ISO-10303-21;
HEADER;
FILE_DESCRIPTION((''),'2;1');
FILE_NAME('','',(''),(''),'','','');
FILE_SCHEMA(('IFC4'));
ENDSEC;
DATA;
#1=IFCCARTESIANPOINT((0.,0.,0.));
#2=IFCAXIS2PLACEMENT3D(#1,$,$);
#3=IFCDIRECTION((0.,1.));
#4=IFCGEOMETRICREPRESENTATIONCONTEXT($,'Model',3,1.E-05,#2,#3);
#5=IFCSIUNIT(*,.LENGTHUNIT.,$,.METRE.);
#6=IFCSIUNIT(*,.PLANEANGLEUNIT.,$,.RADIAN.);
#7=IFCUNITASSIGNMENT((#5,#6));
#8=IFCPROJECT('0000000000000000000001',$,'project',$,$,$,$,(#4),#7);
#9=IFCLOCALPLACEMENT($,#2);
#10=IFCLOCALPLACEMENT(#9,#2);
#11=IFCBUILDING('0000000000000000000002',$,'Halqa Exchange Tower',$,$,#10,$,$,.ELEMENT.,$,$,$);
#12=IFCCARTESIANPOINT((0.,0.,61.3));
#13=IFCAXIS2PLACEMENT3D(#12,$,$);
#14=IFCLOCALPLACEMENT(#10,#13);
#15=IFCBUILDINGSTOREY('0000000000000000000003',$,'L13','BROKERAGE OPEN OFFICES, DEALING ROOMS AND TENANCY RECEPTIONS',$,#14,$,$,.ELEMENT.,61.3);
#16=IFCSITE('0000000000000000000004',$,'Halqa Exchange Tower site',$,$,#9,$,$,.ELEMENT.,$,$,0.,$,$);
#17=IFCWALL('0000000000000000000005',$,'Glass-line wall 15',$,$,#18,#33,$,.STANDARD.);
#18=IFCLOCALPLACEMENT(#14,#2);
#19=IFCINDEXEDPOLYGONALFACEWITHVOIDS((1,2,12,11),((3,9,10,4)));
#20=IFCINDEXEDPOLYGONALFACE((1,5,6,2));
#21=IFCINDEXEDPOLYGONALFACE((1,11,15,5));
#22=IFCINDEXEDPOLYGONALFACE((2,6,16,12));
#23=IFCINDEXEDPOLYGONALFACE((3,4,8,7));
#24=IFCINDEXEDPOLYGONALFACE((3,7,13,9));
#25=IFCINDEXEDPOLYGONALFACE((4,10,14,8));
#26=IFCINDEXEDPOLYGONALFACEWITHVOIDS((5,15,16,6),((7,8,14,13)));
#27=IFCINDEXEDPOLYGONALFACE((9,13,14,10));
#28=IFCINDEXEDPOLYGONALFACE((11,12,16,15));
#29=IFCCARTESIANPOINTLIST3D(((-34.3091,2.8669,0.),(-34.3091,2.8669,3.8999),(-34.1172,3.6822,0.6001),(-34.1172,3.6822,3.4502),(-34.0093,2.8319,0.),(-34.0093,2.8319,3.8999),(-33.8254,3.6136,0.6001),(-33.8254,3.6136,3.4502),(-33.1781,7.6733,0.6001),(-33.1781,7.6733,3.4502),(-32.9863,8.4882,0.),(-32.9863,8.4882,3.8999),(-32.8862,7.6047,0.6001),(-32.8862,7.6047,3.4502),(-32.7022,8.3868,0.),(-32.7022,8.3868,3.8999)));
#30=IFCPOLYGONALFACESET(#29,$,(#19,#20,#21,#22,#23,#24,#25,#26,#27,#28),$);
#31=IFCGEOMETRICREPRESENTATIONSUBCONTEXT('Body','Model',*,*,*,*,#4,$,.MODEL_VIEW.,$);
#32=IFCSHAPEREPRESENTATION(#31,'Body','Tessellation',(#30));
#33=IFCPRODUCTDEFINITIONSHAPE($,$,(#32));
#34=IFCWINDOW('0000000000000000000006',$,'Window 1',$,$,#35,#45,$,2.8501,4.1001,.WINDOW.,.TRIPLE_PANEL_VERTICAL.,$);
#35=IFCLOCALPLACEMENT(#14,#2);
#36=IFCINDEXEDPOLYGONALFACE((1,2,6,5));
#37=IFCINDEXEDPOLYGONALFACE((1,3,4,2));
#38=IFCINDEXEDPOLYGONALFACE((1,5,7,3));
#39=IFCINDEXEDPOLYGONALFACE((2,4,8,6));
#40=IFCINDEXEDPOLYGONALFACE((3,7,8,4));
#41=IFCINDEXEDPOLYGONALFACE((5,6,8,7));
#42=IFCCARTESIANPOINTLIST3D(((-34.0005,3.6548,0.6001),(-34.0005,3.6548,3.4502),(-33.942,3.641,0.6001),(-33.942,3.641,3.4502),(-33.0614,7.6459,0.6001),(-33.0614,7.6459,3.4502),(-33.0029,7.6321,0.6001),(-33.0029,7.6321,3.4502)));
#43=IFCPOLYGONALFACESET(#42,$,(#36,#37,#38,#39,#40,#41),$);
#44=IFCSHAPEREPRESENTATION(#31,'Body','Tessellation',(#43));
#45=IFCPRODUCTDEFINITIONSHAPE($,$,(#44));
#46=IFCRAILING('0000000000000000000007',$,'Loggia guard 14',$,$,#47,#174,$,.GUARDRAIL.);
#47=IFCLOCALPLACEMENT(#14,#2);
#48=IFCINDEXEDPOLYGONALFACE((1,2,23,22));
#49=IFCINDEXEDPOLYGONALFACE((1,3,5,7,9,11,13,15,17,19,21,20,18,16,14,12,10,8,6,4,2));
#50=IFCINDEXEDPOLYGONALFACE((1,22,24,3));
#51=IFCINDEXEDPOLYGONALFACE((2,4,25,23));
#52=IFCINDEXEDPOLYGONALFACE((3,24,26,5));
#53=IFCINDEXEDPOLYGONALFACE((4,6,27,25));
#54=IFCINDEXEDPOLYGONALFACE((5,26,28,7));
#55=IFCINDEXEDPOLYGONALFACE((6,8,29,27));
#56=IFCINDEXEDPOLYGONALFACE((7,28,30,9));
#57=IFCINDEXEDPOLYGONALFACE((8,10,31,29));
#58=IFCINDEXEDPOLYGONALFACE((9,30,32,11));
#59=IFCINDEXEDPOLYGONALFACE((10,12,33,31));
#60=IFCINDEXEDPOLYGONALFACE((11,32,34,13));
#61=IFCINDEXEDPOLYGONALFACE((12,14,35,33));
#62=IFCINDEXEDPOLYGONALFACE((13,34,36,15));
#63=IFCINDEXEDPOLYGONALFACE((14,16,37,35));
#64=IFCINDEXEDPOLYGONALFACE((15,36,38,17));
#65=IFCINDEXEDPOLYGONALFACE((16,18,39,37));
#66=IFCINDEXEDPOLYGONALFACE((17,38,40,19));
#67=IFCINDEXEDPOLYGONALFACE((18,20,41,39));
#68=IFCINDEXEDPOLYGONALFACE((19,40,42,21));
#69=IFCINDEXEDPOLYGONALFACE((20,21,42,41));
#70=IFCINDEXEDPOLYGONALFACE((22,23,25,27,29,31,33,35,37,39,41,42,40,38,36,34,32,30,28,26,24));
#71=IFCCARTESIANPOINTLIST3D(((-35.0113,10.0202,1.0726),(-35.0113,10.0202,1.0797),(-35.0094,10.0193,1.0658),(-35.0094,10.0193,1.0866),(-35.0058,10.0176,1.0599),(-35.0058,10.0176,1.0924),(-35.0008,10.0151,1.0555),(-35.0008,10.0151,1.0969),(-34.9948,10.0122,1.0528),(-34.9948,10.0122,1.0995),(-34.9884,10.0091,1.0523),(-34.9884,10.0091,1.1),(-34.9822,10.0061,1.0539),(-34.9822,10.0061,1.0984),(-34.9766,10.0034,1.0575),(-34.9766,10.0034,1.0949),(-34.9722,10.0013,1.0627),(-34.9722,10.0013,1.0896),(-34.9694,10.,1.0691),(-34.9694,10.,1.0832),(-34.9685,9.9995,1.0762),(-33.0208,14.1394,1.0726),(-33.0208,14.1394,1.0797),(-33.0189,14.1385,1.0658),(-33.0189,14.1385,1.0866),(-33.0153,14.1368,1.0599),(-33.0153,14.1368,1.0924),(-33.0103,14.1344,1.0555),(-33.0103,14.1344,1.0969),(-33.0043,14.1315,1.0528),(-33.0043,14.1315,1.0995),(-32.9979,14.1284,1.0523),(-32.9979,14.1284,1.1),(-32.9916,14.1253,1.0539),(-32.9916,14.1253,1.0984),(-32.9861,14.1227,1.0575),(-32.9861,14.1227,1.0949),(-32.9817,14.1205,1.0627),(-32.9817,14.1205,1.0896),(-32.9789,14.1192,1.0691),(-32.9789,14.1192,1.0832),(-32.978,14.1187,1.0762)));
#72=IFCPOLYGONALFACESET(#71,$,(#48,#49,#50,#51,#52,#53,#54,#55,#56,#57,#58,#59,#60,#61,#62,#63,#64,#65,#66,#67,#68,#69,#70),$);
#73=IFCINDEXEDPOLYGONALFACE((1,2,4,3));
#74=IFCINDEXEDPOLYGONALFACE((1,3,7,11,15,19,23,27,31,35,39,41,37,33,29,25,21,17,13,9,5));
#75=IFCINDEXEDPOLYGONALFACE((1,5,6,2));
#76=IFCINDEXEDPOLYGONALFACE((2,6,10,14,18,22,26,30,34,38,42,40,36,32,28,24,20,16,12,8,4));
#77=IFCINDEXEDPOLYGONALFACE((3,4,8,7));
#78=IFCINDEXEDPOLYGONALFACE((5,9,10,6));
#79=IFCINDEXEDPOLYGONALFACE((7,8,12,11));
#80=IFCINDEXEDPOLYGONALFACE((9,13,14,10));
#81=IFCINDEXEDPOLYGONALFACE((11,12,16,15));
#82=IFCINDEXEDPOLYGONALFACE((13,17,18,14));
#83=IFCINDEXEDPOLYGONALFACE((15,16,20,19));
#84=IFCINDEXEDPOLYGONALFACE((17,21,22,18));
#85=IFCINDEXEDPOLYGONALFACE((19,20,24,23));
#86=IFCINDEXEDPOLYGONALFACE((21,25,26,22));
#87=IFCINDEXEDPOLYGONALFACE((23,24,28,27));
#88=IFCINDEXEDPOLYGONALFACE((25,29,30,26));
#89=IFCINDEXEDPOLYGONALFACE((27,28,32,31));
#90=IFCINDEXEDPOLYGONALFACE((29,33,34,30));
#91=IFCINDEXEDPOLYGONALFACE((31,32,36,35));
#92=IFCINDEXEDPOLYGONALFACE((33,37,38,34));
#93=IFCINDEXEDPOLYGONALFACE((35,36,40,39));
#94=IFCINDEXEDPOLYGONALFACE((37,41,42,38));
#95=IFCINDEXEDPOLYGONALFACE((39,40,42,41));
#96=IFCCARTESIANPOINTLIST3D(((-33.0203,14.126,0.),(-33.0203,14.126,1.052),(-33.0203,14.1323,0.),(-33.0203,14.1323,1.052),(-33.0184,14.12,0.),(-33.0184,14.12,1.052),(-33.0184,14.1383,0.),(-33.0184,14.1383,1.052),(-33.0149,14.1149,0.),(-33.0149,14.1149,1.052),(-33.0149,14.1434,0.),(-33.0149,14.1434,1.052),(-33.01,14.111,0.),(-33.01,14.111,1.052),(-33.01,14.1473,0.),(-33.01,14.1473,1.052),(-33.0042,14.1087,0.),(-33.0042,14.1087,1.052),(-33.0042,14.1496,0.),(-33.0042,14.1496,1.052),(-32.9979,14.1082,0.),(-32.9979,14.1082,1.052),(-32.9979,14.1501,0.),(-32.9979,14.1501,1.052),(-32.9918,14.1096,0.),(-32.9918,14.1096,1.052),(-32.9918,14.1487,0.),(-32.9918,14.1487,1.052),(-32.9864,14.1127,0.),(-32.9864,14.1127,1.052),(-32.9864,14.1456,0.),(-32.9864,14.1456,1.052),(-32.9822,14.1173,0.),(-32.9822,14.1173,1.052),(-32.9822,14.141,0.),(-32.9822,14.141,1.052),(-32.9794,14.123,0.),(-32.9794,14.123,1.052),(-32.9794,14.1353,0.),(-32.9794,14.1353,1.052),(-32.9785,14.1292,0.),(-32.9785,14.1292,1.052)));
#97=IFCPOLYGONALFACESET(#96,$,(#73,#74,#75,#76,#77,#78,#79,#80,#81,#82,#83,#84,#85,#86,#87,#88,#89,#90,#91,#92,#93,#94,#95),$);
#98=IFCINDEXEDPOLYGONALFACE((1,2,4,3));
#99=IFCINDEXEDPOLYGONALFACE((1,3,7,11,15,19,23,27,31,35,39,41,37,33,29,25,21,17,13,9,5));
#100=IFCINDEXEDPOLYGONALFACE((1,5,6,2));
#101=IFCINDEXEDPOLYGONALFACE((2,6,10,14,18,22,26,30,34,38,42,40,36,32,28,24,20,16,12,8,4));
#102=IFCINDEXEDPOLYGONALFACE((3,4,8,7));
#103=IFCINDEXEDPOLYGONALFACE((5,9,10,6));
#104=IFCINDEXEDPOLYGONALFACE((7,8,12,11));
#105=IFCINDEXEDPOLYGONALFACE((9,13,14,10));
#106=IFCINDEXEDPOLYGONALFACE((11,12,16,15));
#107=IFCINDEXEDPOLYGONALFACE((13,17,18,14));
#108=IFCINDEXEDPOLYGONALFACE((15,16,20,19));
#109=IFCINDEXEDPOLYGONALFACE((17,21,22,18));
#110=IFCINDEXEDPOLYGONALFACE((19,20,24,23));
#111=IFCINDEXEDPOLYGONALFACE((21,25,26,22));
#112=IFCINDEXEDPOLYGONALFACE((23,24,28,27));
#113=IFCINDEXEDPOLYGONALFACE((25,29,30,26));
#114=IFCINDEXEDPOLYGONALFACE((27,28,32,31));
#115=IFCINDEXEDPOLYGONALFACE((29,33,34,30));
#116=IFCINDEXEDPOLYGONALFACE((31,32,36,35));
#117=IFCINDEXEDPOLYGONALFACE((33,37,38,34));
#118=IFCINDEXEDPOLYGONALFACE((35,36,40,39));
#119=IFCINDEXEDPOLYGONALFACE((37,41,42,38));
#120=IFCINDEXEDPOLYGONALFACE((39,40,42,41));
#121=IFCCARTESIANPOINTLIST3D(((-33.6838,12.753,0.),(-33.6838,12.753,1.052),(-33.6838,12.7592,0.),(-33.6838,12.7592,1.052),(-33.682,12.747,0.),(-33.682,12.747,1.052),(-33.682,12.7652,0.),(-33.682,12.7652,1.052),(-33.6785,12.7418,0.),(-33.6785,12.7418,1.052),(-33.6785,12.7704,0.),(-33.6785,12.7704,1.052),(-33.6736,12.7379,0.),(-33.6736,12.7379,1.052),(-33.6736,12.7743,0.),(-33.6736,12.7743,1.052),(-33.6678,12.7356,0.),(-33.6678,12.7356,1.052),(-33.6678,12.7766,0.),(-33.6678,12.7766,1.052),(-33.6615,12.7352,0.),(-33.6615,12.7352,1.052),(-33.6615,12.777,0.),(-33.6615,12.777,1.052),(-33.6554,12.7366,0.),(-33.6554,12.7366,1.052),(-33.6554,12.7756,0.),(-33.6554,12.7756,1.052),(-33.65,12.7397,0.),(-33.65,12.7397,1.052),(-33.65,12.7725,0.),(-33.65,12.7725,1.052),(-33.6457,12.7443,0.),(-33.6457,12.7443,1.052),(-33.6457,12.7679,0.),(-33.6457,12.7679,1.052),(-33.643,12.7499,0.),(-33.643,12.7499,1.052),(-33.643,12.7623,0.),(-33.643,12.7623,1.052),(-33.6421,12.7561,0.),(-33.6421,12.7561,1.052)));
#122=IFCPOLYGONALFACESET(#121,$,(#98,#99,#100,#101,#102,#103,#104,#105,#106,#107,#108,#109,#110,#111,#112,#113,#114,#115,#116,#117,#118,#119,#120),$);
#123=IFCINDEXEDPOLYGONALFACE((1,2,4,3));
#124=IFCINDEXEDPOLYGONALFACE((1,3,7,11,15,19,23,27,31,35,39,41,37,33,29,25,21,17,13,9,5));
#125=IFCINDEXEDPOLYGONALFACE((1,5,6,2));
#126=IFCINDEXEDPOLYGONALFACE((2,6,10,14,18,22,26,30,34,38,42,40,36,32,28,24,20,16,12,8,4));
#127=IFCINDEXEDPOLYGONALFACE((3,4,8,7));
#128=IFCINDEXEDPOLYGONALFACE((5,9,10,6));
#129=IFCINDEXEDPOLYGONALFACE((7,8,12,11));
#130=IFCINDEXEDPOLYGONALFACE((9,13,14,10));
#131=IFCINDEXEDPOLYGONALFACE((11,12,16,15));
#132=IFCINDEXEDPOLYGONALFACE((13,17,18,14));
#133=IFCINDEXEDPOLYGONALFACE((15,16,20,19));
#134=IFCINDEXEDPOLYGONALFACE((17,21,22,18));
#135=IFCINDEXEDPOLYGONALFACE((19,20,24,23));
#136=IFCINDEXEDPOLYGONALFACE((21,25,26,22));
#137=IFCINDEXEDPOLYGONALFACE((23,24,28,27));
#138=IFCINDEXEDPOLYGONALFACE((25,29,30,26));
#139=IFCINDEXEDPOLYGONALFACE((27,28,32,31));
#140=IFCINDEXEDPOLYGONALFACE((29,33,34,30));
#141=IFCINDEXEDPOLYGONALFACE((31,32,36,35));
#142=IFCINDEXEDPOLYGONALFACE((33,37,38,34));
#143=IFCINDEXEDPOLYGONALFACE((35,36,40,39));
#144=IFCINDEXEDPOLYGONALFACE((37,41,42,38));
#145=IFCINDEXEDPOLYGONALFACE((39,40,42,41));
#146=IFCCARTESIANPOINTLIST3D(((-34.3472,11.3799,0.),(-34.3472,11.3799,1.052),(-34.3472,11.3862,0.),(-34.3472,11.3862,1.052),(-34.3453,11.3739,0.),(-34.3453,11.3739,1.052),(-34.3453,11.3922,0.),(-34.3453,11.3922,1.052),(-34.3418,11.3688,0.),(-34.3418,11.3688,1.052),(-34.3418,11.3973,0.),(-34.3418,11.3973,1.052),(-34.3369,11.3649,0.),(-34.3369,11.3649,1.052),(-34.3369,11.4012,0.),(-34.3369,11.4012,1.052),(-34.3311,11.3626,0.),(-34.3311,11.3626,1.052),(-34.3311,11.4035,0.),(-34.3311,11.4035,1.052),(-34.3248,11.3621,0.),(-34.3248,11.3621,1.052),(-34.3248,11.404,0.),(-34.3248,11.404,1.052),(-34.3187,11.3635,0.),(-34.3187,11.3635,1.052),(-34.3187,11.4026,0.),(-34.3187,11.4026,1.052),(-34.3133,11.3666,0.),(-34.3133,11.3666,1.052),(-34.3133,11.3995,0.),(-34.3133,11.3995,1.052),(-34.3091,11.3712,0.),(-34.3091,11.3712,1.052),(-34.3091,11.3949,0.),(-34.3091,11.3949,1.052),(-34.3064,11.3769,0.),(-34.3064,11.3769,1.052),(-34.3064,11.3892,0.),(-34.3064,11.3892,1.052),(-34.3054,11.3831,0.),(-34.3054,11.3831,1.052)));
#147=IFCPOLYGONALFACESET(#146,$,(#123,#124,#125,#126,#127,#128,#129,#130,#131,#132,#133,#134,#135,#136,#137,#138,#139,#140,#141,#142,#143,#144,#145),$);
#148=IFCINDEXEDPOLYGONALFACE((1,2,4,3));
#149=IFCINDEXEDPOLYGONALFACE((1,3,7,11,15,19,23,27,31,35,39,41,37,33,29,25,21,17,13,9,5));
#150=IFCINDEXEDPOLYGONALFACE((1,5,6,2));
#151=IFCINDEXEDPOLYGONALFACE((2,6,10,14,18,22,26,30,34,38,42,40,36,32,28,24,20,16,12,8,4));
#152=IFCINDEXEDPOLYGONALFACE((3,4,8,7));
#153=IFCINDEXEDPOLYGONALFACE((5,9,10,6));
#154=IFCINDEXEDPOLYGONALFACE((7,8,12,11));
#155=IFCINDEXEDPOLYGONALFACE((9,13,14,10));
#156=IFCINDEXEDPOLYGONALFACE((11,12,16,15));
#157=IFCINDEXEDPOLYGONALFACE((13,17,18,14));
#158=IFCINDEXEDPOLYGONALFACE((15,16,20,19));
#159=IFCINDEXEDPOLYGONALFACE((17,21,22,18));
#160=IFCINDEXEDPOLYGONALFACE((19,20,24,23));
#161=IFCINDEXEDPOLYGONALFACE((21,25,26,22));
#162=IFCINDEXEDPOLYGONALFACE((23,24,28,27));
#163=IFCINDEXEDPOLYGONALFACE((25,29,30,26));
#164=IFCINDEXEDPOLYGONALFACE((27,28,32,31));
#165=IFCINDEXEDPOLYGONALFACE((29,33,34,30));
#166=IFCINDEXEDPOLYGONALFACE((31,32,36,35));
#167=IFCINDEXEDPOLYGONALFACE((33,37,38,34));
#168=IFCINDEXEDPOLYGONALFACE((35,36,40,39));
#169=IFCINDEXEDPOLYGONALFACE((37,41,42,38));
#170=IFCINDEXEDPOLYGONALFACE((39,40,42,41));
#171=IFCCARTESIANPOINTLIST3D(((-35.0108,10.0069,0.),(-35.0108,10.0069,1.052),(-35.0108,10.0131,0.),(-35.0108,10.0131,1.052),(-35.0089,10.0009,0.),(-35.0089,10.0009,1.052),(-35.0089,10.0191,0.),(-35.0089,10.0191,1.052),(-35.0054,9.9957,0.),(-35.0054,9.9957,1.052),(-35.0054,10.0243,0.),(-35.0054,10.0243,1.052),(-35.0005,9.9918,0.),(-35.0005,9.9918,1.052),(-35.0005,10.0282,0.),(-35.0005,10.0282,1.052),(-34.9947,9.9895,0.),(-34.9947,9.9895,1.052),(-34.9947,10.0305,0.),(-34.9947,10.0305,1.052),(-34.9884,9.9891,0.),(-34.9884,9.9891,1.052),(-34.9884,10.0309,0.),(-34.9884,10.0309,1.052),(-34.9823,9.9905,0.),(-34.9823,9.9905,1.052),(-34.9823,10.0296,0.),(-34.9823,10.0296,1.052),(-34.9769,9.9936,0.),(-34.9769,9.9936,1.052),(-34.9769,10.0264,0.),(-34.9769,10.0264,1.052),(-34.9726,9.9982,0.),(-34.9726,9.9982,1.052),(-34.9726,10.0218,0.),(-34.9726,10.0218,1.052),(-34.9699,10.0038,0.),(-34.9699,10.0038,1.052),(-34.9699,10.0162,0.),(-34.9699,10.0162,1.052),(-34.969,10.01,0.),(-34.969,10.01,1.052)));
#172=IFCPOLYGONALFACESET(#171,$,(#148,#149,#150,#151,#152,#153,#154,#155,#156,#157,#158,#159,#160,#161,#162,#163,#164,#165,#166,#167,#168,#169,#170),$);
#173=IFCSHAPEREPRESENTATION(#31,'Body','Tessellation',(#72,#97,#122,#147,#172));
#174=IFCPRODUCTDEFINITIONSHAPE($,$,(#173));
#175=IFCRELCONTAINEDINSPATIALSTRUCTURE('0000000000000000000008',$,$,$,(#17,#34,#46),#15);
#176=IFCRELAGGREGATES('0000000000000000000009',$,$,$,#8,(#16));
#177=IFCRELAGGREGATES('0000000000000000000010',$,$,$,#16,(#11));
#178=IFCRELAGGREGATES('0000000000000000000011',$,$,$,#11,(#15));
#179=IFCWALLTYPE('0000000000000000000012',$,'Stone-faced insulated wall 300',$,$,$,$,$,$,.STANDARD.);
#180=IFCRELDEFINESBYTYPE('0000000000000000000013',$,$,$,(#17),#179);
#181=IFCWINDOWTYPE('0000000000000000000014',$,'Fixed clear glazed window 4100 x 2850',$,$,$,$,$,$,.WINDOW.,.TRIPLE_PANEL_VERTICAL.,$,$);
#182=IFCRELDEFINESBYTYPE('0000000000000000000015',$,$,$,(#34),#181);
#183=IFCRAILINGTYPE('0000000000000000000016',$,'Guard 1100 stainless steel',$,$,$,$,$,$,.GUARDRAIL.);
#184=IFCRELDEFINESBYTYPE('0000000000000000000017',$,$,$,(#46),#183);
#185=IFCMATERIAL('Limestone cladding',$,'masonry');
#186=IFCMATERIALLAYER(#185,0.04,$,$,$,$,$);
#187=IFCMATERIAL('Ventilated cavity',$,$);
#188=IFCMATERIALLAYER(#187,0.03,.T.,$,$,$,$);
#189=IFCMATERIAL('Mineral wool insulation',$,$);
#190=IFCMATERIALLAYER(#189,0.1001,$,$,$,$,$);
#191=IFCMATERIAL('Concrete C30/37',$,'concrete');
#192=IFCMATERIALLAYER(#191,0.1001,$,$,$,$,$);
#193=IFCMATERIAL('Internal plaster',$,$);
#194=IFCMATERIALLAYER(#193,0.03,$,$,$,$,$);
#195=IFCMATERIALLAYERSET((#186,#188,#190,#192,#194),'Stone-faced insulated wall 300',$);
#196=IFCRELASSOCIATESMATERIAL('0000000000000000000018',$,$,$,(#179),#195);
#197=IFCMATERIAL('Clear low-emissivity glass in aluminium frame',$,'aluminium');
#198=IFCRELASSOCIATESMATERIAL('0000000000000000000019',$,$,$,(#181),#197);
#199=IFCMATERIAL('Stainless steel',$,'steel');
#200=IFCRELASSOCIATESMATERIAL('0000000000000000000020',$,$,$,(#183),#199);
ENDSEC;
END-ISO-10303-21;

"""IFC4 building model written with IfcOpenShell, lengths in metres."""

from ifc_helpers import new_model, si_unit, direction, frame, frame_2d, origin, origin_2d, place, context, subcontext, project, spatial, polyline, rectangle, circle, outline, extrude, material, layer, layer_set, type_object, element, fill, save


model = new_model("IFC4")

# Units and contexts
model_context = context("Model", 3, precision=1e-05, world=origin(), true_north=direction((0.0, 1.0)))
body_context = subcontext(model_context, "Body", "Model", "MODEL_VIEW")
ifc_project = project(units=[si_unit("LENGTHUNIT", "METRE"), si_unit("PLANEANGLEUNIT", "RADIAN")], contexts=[model_context])

# Site, building, storey
site_placement = place(None, origin())
site = spatial("IfcSite", under=ifc_project, at=site_placement, Name="Halqa Exchange Tower site", CompositionType="ELEMENT", RefElevation=0.0)
building_placement = place(site_placement, origin())
building = spatial("IfcBuilding", under=site, at=building_placement, Name="Halqa Exchange Tower", CompositionType="ELEMENT")
storey_placement = place(building_placement, frame((0.0, 0.0, 61.3)))
storey = spatial("IfcBuildingStorey", under=building, at=storey_placement, Name="L13", Description="BROKERAGE OPEN OFFICES, DEALING ROOMS AND TENANCY RECEPTIONS", CompositionType="ELEMENT", Elevation=61.3)

# Wall, opening, window
ifc_material_1 = material(Name="Limestone cladding", Category="masonry")
ifc_layer_1 = layer(ifc_material_1, 0.04)
ifc_material_2 = material(Name="Ventilated cavity")
ifc_layer_2 = layer(ifc_material_2, 0.03, ventilated=True)
ifc_material_3 = material(Name="Mineral wool insulation")
ifc_layer_3 = layer(ifc_material_3, 0.1001)
ifc_material_4 = material(Name="Concrete C30/37", Category="concrete")
ifc_layer_4 = layer(ifc_material_4, 0.1001)
ifc_material_5 = material(Name="Internal plaster")
ifc_layer_5 = layer(ifc_material_5, 0.03)
ifc_layer_set_1 = layer_set([ifc_layer_1, ifc_layer_2, ifc_layer_3, ifc_layer_4, ifc_layer_5], Name="Stone-faced insulated wall 300")
wall_type_1 = type_object("IfcWallType", Name="Stone-faced insulated wall 300", PredefinedType="STANDARD", material=ifc_layer_set_1)
ifc_material_6 = material(Name="Clear low-emissivity glass in aluminium frame", Category="aluminium")
window_type = type_object("IfcWindowType", Name="Fixed clear glazed window 4100 x 2850", PartitioningType="TRIPLE_PANEL_VERTICAL", PredefinedType="WINDOW", material=ifc_material_6)
wall_1_placement = place(storey_placement, frame((-32.8442, 8.4375, 0.0), z_axis=(0.0, 0.0, 1.0), x_axis=(-0.229054, -0.973414, 0.0)))
wall_1 = element("IfcWall", 1, at=wall_1_placement, inside=storey, type_object=wall_type_1, Name="Glass-line wall 15", PredefinedType="STANDARD", context=body_context, shape_type="SweptSolid", body=[
    extrude(outline(polyline([(-0.0168, -0.1499), (5.7581, -0.1499), (5.7234, 0.1499), (0.0168, 0.1499), (-0.0168, -0.1499)])), origin(), (0.0, 0.0, 1.0), 3.8999),
])
opening_1_placement = place(wall_1_placement, frame((0.8203, 0.0, 0.6001)))
opening_1 = element("IfcOpeningElement", 2, at=opening_1_placement, cuts=wall_1, PredefinedType="OPENING", context=body_context, shape_type="SweptSolid", body=[
    extrude(rectangle(XDim=4.1001, YDim=2.8501, at=frame_2d((2.05, 1.425))), frame((0.0, 0.1621, 0.0), z_axis=(0.0, -1.0, 0.0), x_axis=(1.0, 0.0, 0.0)), (0.0, 0.0, 1.0), 0.324),
])
window_1_placement = place(opening_1_placement, origin())
window_1 = element("IfcWindow", 3, at=window_1_placement, inside=storey, type_object=window_type, Name="Window 1", OverallHeight=2.8501, OverallWidth=4.1001, PartitioningType="TRIPLE_PANEL_VERTICAL", PredefinedType="WINDOW", context=body_context, shape_type="SweptSolid", body=[
    extrude(rectangle(XDim=4.1001, YDim=2.8501, at=frame_2d((2.05, 1.425))), frame((0.0, 0.03, 0.0), z_axis=(0.0, -1.0, 0.0), x_axis=(1.0, 0.0, 0.0)), (0.0, 0.0, 1.0), 0.0601),
])
fill(opening_1, window_1)

# Railing
ifc_material_7 = material(Name="Stainless steel", Category="steel")
railing_type = type_object("IfcRailingType", Name="Guard 1100 stainless steel", PredefinedType="GUARDRAIL", material=ifc_material_7)
railing_1_placement = place(storey_placement, frame((-32.9995, 14.1292, 0.0)))
element("IfcRailing", 4, at=railing_1_placement, inside=storey, type_object=railing_type, Name="Loggia guard 14", PredefinedType="GUARDRAIL", context=body_context, shape_type="SweptSolid", body=[
    extrude(circle(Radius=0.0239, at=origin_2d()), frame((0.0, 0.0, 1.0762), z_axis=(-0.435091, -0.900387, 0.0), x_axis=(0.900387, -0.435091, 0.0)), (0.0, 0.0, 1.0), 4.575),
    extrude(circle(Radius=0.021, at=origin_2d()), origin(), (0.0, 0.0, 1.0), 1.052),
    extrude(circle(Radius=0.021, at=origin_2d()), frame((-0.6636, -1.373, 0.0)), (0.0, 0.0, 1.0), 1.052),
    extrude(circle(Radius=0.021, at=origin_2d()), frame((-1.3269, -2.7461, 0.0)), (0.0, 0.0, 1.0), 1.052),
    extrude(circle(Radius=0.021, at=origin_2d()), frame((-1.9905, -4.1191, 0.0)), (0.0, 0.0, 1.0), 1.052),
])

save(model, "model.ifc")
